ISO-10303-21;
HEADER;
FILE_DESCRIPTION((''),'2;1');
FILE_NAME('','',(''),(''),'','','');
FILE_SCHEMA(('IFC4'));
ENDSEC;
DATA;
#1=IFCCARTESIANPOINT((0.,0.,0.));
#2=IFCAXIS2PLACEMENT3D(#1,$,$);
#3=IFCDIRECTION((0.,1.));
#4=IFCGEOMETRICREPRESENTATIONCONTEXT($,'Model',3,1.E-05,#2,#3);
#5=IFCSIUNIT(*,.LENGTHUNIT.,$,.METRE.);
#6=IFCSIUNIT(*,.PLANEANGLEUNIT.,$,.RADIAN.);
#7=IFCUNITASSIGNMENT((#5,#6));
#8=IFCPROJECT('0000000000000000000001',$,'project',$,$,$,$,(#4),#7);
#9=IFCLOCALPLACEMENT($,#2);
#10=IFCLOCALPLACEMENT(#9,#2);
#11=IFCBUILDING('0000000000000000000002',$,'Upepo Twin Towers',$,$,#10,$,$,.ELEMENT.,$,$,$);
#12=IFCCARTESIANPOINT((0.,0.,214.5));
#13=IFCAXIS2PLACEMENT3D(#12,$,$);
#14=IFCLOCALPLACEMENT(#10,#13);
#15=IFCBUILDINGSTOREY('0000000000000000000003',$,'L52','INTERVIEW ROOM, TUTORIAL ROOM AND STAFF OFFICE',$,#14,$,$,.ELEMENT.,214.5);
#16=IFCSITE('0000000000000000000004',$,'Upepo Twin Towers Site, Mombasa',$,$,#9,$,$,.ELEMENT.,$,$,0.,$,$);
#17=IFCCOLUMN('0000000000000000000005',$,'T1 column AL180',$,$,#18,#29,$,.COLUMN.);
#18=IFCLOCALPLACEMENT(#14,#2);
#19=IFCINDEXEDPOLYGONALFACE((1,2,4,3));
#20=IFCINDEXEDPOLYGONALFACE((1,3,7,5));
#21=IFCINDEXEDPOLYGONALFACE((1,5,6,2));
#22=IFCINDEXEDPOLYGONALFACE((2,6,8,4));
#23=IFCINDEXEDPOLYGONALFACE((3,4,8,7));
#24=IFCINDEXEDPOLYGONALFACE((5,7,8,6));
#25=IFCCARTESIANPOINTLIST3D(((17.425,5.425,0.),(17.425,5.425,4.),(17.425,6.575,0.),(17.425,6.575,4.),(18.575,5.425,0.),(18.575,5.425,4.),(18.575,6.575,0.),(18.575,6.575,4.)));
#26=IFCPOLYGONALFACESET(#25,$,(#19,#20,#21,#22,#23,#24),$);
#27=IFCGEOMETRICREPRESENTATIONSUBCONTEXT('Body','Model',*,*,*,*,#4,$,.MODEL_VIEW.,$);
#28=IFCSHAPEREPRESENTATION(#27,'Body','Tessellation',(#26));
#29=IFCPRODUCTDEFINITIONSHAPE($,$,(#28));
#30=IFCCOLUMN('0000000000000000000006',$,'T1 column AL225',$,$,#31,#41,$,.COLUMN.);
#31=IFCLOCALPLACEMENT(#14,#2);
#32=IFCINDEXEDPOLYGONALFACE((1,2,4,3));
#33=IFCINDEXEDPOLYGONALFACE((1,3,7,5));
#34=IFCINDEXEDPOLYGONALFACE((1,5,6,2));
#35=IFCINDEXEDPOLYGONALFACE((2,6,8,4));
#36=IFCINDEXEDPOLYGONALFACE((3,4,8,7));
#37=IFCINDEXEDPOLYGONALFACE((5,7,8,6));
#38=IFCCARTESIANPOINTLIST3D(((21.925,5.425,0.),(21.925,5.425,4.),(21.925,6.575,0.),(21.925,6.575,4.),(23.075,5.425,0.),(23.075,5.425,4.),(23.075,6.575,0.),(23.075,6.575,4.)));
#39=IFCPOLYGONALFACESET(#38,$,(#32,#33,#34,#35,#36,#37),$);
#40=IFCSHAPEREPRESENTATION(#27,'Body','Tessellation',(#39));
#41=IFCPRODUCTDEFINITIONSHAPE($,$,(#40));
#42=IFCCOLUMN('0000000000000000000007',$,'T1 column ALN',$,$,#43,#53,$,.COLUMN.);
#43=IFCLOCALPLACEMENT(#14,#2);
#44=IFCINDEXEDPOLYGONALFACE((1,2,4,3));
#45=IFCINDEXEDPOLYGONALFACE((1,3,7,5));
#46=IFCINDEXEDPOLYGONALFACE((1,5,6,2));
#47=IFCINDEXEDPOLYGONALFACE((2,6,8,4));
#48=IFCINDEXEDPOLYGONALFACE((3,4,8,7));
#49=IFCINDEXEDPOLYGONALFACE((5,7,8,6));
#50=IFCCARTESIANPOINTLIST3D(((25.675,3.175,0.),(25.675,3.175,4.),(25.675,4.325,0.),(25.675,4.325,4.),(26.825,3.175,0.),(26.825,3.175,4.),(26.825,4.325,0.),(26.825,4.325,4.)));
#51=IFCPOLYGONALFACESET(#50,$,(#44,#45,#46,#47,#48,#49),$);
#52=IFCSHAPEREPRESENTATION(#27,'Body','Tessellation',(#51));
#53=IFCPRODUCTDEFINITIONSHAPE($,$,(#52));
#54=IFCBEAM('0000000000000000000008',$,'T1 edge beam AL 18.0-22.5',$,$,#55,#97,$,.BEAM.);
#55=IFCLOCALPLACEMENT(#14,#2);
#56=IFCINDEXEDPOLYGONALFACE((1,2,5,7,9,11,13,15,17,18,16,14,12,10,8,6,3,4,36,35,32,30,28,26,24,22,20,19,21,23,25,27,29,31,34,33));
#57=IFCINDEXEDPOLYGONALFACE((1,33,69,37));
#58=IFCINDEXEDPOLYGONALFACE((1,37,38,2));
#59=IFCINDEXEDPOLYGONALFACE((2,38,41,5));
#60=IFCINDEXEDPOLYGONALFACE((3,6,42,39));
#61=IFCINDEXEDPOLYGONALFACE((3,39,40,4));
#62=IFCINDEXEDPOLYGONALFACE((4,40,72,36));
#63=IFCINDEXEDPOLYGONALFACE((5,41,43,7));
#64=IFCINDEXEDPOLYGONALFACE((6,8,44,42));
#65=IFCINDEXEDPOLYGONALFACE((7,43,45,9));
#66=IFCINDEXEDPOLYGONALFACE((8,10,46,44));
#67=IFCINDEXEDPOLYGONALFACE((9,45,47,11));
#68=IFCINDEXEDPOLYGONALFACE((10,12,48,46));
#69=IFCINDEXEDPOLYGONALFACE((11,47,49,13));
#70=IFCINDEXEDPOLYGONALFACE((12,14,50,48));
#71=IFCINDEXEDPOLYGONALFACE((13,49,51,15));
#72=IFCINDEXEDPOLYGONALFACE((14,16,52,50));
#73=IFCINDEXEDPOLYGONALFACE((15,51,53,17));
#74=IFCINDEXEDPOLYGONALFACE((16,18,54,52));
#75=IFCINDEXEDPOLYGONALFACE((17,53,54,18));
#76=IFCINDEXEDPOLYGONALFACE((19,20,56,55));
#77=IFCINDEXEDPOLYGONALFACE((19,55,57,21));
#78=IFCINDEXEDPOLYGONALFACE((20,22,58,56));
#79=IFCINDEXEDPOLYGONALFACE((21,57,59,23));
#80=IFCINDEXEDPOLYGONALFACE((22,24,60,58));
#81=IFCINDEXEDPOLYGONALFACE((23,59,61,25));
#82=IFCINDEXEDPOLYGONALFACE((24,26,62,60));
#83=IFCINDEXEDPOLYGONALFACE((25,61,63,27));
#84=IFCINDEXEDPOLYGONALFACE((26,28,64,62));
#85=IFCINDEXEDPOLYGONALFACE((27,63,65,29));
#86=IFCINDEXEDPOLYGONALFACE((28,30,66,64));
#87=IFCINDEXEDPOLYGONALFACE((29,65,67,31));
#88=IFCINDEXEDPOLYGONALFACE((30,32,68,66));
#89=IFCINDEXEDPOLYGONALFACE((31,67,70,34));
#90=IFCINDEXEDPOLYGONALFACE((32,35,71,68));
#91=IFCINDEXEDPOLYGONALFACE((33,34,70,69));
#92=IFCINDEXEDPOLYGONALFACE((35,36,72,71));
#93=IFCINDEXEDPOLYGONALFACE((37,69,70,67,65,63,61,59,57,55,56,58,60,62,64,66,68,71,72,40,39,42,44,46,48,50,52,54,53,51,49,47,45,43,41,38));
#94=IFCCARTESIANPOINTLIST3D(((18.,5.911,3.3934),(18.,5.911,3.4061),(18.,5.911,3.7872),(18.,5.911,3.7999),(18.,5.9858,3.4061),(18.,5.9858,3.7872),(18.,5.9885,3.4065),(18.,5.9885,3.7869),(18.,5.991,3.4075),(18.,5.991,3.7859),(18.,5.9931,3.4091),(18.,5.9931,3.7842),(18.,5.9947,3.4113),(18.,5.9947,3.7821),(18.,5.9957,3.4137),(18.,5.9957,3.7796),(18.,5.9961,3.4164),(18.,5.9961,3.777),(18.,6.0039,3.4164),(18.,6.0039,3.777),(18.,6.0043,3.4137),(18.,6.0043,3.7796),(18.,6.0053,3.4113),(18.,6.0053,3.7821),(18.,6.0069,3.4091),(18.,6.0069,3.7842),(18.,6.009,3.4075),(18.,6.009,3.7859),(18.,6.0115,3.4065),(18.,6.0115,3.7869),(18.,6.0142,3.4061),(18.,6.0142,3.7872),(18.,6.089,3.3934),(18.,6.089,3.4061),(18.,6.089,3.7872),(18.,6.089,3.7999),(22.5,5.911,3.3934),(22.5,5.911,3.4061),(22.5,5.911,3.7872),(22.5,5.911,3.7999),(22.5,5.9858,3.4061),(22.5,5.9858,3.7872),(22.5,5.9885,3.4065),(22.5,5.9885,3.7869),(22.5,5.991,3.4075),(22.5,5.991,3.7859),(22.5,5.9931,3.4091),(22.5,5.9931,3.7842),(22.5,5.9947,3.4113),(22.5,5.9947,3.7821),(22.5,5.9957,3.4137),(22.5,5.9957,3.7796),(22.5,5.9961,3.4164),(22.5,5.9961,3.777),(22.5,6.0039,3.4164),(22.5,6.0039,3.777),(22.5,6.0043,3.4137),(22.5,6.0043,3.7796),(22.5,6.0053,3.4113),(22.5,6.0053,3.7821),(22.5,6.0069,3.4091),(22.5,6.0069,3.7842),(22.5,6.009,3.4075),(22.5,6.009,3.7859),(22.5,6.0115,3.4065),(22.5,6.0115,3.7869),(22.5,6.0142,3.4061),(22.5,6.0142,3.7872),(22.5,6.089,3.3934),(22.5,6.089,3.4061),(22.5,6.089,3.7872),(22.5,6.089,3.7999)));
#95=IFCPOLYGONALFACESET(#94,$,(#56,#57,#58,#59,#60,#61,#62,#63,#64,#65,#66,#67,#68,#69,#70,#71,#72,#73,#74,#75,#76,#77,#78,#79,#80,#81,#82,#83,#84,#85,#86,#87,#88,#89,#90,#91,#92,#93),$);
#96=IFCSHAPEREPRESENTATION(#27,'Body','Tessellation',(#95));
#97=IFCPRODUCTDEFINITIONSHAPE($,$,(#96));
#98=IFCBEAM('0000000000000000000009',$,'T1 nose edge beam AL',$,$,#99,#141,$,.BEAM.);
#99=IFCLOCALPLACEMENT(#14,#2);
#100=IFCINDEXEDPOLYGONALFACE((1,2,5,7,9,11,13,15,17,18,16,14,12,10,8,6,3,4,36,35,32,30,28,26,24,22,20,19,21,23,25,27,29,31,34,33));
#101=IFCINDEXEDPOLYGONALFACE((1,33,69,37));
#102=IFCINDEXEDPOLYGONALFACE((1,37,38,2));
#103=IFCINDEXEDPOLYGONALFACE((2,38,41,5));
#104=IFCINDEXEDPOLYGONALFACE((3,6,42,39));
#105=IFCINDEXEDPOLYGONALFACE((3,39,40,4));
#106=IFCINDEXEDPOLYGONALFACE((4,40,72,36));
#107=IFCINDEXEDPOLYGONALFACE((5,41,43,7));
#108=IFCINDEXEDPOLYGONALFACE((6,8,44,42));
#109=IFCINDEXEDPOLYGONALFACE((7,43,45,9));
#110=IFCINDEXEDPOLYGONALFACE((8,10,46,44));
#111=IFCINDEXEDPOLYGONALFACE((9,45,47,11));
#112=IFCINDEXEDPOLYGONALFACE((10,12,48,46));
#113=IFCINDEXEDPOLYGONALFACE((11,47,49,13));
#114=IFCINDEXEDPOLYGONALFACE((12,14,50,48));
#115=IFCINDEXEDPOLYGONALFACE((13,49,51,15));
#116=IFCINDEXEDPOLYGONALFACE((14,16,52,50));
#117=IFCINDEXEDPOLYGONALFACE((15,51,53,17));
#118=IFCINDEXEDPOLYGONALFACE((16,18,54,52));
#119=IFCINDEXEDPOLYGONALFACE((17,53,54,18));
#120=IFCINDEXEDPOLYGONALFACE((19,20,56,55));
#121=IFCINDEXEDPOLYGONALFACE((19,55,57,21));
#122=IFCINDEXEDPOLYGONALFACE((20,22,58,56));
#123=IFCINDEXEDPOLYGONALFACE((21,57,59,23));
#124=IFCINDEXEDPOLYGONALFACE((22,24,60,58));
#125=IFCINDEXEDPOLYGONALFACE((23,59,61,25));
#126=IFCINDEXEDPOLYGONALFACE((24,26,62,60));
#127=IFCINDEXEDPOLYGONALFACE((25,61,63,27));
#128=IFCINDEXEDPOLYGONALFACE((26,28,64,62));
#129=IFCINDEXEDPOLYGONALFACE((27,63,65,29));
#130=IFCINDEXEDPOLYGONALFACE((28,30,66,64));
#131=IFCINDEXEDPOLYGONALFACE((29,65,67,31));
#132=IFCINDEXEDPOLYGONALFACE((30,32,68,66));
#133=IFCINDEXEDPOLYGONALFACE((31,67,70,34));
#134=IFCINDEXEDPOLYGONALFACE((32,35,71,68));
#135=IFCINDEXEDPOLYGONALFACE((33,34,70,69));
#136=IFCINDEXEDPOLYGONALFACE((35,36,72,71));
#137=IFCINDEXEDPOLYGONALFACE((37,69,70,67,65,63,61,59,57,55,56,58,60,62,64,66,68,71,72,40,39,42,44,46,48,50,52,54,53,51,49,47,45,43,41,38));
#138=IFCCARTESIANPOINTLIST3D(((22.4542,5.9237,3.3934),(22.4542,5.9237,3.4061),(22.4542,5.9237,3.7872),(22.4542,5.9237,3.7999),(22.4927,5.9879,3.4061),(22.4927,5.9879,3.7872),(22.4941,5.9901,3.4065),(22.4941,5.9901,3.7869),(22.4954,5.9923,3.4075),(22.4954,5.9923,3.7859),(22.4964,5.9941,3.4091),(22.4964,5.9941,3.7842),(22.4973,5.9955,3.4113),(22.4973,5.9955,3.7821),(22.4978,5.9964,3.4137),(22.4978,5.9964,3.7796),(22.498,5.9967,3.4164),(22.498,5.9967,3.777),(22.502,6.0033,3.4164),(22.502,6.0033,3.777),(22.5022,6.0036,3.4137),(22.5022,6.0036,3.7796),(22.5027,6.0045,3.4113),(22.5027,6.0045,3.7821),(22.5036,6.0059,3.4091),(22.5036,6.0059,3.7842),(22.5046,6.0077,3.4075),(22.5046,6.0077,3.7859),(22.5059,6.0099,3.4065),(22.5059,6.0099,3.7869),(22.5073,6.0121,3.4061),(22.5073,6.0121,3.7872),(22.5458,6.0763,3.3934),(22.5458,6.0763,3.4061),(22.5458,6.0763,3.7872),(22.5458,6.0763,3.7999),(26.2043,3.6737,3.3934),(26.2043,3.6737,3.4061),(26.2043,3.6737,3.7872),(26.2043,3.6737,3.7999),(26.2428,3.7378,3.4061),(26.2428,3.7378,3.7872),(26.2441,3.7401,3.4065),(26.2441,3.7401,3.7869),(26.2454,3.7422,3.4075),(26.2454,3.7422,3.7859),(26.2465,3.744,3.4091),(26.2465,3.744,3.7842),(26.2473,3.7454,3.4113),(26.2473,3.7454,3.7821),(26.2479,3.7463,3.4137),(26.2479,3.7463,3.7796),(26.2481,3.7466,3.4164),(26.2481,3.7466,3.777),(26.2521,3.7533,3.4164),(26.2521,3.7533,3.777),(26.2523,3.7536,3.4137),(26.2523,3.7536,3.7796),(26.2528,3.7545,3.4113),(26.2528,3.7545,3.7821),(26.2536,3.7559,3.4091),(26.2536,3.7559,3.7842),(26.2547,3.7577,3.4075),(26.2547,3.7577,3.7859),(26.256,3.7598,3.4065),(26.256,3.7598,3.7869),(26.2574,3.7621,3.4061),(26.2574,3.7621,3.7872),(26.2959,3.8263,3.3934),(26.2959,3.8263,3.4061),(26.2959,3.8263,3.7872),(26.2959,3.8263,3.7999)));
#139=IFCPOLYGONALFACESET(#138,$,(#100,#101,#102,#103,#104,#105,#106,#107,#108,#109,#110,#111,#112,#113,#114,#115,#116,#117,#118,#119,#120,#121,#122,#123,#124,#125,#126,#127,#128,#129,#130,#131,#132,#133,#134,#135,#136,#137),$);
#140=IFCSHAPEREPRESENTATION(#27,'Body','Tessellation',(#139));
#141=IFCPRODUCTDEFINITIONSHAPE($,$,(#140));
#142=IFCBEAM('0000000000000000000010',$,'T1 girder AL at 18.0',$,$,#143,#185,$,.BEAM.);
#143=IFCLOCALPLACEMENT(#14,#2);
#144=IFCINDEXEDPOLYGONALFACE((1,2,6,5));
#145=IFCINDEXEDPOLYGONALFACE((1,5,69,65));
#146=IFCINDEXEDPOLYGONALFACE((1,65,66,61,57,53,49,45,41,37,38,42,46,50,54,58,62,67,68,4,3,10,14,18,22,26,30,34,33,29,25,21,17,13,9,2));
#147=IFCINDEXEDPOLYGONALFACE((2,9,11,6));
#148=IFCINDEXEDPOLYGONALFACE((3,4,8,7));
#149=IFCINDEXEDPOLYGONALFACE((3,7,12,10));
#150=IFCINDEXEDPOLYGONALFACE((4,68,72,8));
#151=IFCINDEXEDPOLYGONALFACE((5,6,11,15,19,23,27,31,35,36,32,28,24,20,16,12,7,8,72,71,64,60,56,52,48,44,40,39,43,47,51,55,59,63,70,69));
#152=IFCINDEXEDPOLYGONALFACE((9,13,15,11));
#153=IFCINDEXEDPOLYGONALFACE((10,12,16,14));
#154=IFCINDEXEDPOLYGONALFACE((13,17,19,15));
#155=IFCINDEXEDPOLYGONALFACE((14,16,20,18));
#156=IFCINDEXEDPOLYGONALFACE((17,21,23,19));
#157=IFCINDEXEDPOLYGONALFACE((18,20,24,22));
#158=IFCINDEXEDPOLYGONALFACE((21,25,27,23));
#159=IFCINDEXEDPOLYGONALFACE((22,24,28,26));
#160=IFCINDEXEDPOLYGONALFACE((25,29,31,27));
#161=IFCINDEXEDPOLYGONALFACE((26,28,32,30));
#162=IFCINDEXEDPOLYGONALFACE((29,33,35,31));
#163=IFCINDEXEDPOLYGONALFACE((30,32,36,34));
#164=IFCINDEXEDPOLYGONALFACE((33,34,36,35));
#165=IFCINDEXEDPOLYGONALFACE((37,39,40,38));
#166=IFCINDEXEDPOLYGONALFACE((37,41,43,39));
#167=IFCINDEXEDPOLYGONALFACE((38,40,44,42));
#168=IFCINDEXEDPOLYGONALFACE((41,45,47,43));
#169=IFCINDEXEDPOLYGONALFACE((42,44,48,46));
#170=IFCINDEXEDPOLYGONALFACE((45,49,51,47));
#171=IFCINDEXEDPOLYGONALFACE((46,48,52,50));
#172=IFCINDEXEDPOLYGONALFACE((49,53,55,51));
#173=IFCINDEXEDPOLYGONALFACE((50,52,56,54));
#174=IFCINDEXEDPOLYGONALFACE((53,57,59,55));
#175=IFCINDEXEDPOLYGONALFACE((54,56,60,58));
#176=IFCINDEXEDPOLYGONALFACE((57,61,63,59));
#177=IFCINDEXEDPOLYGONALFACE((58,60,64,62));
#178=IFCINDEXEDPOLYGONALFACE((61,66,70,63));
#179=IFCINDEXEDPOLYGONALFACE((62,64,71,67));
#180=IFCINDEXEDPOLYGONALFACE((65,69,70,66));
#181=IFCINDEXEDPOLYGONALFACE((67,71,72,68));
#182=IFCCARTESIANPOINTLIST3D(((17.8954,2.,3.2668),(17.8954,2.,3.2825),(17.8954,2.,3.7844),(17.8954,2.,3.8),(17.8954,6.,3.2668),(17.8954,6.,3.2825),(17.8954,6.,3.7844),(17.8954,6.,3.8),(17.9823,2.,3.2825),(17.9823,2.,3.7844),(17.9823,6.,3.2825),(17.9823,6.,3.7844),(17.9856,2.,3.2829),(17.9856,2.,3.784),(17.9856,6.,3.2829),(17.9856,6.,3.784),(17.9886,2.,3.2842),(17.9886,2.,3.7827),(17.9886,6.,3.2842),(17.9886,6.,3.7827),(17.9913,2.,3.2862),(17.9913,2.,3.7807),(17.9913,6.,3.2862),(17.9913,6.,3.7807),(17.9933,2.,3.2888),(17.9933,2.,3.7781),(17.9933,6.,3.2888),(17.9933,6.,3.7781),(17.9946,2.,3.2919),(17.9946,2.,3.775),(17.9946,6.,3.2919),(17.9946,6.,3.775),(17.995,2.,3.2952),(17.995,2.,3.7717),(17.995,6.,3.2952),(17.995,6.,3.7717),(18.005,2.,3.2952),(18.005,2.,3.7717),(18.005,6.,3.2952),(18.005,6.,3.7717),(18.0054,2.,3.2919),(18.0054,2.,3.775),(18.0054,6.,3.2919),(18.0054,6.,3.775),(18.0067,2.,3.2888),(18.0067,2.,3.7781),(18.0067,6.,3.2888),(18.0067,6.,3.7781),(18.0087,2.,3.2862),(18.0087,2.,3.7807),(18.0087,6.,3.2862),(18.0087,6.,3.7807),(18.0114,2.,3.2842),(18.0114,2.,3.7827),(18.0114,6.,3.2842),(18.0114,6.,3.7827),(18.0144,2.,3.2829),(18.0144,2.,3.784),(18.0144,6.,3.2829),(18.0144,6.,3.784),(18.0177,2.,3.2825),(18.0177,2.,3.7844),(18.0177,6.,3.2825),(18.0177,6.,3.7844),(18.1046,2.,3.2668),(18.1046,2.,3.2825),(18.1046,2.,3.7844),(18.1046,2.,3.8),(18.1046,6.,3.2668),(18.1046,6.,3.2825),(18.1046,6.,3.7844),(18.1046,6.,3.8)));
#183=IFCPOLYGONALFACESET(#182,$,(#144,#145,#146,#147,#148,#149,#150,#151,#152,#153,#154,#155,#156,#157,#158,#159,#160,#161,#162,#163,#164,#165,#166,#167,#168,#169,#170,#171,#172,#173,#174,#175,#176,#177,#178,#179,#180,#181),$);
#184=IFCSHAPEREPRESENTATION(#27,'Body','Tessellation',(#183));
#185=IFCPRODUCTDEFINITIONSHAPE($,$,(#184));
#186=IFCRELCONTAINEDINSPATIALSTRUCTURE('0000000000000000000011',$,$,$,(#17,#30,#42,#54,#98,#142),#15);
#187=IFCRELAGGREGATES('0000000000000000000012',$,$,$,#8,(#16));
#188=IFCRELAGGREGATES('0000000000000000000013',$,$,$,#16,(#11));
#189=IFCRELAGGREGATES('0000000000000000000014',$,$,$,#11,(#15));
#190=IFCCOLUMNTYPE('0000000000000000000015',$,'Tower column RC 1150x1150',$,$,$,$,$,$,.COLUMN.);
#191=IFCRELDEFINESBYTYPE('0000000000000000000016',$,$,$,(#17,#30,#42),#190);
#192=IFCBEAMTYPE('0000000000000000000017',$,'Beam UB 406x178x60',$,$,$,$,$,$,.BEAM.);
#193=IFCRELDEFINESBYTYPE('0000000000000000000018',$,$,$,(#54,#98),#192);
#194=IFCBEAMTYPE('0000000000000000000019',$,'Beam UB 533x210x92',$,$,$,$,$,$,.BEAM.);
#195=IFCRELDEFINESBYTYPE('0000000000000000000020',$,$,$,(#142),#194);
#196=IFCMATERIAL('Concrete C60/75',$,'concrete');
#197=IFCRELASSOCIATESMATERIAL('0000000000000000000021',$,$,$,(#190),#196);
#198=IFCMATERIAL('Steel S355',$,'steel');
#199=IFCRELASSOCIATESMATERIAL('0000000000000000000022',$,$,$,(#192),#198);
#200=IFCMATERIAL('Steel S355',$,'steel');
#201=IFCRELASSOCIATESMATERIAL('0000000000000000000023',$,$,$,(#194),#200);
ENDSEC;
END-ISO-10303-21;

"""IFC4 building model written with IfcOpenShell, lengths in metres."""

from ifc_helpers import new_model, si_unit, direction, frame, origin, origin_2d, place, context, subcontext, project, spatial, rectangle, i_section, extrude, material, material_profile, profile_set, type_object, element, save


model = new_model("IFC4")

# Units and contexts
model_context = context("Model", 3, precision=1e-05, world=origin(), true_north=direction((0.0, 1.0)))
body_context = subcontext(model_context, "Body", "Model", "MODEL_VIEW")
ifc_project = project(units=[si_unit("LENGTHUNIT", "METRE"), si_unit("PLANEANGLEUNIT", "RADIAN")], contexts=[model_context])

# Site, building, storey
site_placement = place(None, origin())
site = spatial("IfcSite", under=ifc_project, at=site_placement, Name="Upepo Twin Towers Site, Mombasa", CompositionType="ELEMENT", RefElevation=0.0)
building_placement = place(site_placement, origin())
building = spatial("IfcBuilding", under=site, at=building_placement, Name="Upepo Twin Towers", CompositionType="ELEMENT")
storey_placement = place(building_placement, frame((0.0, 0.0, 214.5)))
storey = spatial("IfcBuildingStorey", under=building, at=storey_placement, Name="L52", Description="INTERVIEW ROOM, TUTORIAL ROOM AND STAFF OFFICE", CompositionType="ELEMENT", Elevation=214.5)

# Columns
ifc_material_1 = material(Name="Concrete C60/75", Category="concrete")
ifc_material_profile_1 = material_profile(ifc_material_1, rectangle(XDim=1.1499, YDim=1.1499, at=origin_2d()), Name="RC 1150x1150")
ifc_profile_set_1 = profile_set([ifc_material_profile_1], Name="Concrete C60/75")
column_type = type_object("IfcColumnType", Name="Tower column RC 1150x1150", PredefinedType="COLUMN", material=ifc_profile_set_1)
for number, where, z_axis, x_axis, name in (
    (1, (18.0, 6.0, 0.0), (0.0, 0.0, 1.0), (1.0, 0.0, 0.0), "T1 column AL180"),
    (2, (22.5, 6.0, 0.0), (0.0, 0.0, 1.0), (1.0, 0.0, 0.0), "T1 column AL225"),
    (3, (26.25, 3.75, 0.0), (0.0, 0.0, 1.0), (1.0, 0.0, 0.0), "T1 column ALN"),
):
    element("IfcColumn", number, at=place(storey_placement, frame(where, z_axis=z_axis, x_axis=x_axis)), inside=storey, type_object=column_type, Name=name, PredefinedType="COLUMN", context=body_context, shape_type="SweptSolid", body=[
        extrude(rectangle(XDim=1.1499, YDim=1.1499, at=origin_2d()), origin(), (0.0, 0.0, 1.0), 4.0),
    ])

# Beams
ifc_material_2 = material(Name="Steel S355", Category="steel")
ifc_material_profile_2 = material_profile(ifc_material_2, i_section(OverallWidth=0.178, OverallDepth=0.4065, WebThickness=0.0078, FlangeThickness=0.0127, FilletRadius=0.0103, at=origin_2d()), Name="UB 406x178x60")
ifc_profile_set_2 = profile_set([ifc_material_profile_2], Name="Steel S355")
beam_type_1 = type_object("IfcBeamType", Name="Beam UB 406x178x60", PredefinedType="BEAM", material=ifc_profile_set_2)
beam_1_placement = place(storey_placement, frame((18.0, 6.0, 3.5967), z_axis=(1.0, 0.0, 0.0), x_axis=(0.0, 1.0, 0.0)))
element("IfcBeam", 4, at=beam_1_placement, inside=storey, type_object=beam_type_1, Name="T1 edge beam AL 18.0-22.5", PredefinedType="BEAM", context=body_context, shape_type="SweptSolid", body=[
    extrude(i_section(OverallWidth=0.178, OverallDepth=0.4065, WebThickness=0.0078, FlangeThickness=0.0127, FilletRadius=0.0103, at=origin_2d()), origin(), (0.0, 0.0, 1.0), 4.5),
])
beam_2_placement = place(storey_placement, frame((22.5, 6.0, 3.5967), z_axis=(0.857493, -0.514496, 0.0), x_axis=(0.514496, 0.857493, 0.0)))
element("IfcBeam", 5, at=beam_2_placement, inside=storey, type_object=beam_type_1, Name="T1 nose edge beam AL", PredefinedType="BEAM", context=body_context, shape_type="SweptSolid", body=[
    extrude(i_section(OverallWidth=0.178, OverallDepth=0.4065, WebThickness=0.0078, FlangeThickness=0.0127, FilletRadius=0.0103, at=origin_2d()), origin(), (0.0, 0.0, 1.0), 4.3733),
])
ifc_material_3 = material(Name="Steel S355", Category="steel")
ifc_material_profile_3 = material_profile(ifc_material_3, i_section(OverallWidth=0.2092, OverallDepth=0.5332, WebThickness=0.01, FlangeThickness=0.0156, FilletRadius=0.0127, at=origin_2d()), Name="UB 533x210x92")
ifc_profile_set_3 = profile_set([ifc_material_profile_3], Name="Steel S355")
beam_type_2 = type_object("IfcBeamType", Name="Beam UB 533x210x92", PredefinedType="BEAM", material=ifc_profile_set_3)
for number, where, z_axis, x_axis, name in (
    (6, (18.0, 6.0, 3.5334), (0.0, -1.0, 0.0), (1.0, 0.0, 0.0), "T1 girder AL at 18.0"),
):
    element("IfcBeam", number, at=place(storey_placement, frame(where, z_axis=z_axis, x_axis=x_axis)), inside=storey, type_object=beam_type_2, Name=name, PredefinedType="BEAM", context=body_context, shape_type="SweptSolid", body=[
        extrude(i_section(OverallWidth=0.2092, OverallDepth=0.5332, WebThickness=0.01, FlangeThickness=0.0156, FilletRadius=0.0127, at=origin_2d()), origin(), (0.0, 0.0, 1.0), 4.0),
    ])

save(model, "model.ifc")
